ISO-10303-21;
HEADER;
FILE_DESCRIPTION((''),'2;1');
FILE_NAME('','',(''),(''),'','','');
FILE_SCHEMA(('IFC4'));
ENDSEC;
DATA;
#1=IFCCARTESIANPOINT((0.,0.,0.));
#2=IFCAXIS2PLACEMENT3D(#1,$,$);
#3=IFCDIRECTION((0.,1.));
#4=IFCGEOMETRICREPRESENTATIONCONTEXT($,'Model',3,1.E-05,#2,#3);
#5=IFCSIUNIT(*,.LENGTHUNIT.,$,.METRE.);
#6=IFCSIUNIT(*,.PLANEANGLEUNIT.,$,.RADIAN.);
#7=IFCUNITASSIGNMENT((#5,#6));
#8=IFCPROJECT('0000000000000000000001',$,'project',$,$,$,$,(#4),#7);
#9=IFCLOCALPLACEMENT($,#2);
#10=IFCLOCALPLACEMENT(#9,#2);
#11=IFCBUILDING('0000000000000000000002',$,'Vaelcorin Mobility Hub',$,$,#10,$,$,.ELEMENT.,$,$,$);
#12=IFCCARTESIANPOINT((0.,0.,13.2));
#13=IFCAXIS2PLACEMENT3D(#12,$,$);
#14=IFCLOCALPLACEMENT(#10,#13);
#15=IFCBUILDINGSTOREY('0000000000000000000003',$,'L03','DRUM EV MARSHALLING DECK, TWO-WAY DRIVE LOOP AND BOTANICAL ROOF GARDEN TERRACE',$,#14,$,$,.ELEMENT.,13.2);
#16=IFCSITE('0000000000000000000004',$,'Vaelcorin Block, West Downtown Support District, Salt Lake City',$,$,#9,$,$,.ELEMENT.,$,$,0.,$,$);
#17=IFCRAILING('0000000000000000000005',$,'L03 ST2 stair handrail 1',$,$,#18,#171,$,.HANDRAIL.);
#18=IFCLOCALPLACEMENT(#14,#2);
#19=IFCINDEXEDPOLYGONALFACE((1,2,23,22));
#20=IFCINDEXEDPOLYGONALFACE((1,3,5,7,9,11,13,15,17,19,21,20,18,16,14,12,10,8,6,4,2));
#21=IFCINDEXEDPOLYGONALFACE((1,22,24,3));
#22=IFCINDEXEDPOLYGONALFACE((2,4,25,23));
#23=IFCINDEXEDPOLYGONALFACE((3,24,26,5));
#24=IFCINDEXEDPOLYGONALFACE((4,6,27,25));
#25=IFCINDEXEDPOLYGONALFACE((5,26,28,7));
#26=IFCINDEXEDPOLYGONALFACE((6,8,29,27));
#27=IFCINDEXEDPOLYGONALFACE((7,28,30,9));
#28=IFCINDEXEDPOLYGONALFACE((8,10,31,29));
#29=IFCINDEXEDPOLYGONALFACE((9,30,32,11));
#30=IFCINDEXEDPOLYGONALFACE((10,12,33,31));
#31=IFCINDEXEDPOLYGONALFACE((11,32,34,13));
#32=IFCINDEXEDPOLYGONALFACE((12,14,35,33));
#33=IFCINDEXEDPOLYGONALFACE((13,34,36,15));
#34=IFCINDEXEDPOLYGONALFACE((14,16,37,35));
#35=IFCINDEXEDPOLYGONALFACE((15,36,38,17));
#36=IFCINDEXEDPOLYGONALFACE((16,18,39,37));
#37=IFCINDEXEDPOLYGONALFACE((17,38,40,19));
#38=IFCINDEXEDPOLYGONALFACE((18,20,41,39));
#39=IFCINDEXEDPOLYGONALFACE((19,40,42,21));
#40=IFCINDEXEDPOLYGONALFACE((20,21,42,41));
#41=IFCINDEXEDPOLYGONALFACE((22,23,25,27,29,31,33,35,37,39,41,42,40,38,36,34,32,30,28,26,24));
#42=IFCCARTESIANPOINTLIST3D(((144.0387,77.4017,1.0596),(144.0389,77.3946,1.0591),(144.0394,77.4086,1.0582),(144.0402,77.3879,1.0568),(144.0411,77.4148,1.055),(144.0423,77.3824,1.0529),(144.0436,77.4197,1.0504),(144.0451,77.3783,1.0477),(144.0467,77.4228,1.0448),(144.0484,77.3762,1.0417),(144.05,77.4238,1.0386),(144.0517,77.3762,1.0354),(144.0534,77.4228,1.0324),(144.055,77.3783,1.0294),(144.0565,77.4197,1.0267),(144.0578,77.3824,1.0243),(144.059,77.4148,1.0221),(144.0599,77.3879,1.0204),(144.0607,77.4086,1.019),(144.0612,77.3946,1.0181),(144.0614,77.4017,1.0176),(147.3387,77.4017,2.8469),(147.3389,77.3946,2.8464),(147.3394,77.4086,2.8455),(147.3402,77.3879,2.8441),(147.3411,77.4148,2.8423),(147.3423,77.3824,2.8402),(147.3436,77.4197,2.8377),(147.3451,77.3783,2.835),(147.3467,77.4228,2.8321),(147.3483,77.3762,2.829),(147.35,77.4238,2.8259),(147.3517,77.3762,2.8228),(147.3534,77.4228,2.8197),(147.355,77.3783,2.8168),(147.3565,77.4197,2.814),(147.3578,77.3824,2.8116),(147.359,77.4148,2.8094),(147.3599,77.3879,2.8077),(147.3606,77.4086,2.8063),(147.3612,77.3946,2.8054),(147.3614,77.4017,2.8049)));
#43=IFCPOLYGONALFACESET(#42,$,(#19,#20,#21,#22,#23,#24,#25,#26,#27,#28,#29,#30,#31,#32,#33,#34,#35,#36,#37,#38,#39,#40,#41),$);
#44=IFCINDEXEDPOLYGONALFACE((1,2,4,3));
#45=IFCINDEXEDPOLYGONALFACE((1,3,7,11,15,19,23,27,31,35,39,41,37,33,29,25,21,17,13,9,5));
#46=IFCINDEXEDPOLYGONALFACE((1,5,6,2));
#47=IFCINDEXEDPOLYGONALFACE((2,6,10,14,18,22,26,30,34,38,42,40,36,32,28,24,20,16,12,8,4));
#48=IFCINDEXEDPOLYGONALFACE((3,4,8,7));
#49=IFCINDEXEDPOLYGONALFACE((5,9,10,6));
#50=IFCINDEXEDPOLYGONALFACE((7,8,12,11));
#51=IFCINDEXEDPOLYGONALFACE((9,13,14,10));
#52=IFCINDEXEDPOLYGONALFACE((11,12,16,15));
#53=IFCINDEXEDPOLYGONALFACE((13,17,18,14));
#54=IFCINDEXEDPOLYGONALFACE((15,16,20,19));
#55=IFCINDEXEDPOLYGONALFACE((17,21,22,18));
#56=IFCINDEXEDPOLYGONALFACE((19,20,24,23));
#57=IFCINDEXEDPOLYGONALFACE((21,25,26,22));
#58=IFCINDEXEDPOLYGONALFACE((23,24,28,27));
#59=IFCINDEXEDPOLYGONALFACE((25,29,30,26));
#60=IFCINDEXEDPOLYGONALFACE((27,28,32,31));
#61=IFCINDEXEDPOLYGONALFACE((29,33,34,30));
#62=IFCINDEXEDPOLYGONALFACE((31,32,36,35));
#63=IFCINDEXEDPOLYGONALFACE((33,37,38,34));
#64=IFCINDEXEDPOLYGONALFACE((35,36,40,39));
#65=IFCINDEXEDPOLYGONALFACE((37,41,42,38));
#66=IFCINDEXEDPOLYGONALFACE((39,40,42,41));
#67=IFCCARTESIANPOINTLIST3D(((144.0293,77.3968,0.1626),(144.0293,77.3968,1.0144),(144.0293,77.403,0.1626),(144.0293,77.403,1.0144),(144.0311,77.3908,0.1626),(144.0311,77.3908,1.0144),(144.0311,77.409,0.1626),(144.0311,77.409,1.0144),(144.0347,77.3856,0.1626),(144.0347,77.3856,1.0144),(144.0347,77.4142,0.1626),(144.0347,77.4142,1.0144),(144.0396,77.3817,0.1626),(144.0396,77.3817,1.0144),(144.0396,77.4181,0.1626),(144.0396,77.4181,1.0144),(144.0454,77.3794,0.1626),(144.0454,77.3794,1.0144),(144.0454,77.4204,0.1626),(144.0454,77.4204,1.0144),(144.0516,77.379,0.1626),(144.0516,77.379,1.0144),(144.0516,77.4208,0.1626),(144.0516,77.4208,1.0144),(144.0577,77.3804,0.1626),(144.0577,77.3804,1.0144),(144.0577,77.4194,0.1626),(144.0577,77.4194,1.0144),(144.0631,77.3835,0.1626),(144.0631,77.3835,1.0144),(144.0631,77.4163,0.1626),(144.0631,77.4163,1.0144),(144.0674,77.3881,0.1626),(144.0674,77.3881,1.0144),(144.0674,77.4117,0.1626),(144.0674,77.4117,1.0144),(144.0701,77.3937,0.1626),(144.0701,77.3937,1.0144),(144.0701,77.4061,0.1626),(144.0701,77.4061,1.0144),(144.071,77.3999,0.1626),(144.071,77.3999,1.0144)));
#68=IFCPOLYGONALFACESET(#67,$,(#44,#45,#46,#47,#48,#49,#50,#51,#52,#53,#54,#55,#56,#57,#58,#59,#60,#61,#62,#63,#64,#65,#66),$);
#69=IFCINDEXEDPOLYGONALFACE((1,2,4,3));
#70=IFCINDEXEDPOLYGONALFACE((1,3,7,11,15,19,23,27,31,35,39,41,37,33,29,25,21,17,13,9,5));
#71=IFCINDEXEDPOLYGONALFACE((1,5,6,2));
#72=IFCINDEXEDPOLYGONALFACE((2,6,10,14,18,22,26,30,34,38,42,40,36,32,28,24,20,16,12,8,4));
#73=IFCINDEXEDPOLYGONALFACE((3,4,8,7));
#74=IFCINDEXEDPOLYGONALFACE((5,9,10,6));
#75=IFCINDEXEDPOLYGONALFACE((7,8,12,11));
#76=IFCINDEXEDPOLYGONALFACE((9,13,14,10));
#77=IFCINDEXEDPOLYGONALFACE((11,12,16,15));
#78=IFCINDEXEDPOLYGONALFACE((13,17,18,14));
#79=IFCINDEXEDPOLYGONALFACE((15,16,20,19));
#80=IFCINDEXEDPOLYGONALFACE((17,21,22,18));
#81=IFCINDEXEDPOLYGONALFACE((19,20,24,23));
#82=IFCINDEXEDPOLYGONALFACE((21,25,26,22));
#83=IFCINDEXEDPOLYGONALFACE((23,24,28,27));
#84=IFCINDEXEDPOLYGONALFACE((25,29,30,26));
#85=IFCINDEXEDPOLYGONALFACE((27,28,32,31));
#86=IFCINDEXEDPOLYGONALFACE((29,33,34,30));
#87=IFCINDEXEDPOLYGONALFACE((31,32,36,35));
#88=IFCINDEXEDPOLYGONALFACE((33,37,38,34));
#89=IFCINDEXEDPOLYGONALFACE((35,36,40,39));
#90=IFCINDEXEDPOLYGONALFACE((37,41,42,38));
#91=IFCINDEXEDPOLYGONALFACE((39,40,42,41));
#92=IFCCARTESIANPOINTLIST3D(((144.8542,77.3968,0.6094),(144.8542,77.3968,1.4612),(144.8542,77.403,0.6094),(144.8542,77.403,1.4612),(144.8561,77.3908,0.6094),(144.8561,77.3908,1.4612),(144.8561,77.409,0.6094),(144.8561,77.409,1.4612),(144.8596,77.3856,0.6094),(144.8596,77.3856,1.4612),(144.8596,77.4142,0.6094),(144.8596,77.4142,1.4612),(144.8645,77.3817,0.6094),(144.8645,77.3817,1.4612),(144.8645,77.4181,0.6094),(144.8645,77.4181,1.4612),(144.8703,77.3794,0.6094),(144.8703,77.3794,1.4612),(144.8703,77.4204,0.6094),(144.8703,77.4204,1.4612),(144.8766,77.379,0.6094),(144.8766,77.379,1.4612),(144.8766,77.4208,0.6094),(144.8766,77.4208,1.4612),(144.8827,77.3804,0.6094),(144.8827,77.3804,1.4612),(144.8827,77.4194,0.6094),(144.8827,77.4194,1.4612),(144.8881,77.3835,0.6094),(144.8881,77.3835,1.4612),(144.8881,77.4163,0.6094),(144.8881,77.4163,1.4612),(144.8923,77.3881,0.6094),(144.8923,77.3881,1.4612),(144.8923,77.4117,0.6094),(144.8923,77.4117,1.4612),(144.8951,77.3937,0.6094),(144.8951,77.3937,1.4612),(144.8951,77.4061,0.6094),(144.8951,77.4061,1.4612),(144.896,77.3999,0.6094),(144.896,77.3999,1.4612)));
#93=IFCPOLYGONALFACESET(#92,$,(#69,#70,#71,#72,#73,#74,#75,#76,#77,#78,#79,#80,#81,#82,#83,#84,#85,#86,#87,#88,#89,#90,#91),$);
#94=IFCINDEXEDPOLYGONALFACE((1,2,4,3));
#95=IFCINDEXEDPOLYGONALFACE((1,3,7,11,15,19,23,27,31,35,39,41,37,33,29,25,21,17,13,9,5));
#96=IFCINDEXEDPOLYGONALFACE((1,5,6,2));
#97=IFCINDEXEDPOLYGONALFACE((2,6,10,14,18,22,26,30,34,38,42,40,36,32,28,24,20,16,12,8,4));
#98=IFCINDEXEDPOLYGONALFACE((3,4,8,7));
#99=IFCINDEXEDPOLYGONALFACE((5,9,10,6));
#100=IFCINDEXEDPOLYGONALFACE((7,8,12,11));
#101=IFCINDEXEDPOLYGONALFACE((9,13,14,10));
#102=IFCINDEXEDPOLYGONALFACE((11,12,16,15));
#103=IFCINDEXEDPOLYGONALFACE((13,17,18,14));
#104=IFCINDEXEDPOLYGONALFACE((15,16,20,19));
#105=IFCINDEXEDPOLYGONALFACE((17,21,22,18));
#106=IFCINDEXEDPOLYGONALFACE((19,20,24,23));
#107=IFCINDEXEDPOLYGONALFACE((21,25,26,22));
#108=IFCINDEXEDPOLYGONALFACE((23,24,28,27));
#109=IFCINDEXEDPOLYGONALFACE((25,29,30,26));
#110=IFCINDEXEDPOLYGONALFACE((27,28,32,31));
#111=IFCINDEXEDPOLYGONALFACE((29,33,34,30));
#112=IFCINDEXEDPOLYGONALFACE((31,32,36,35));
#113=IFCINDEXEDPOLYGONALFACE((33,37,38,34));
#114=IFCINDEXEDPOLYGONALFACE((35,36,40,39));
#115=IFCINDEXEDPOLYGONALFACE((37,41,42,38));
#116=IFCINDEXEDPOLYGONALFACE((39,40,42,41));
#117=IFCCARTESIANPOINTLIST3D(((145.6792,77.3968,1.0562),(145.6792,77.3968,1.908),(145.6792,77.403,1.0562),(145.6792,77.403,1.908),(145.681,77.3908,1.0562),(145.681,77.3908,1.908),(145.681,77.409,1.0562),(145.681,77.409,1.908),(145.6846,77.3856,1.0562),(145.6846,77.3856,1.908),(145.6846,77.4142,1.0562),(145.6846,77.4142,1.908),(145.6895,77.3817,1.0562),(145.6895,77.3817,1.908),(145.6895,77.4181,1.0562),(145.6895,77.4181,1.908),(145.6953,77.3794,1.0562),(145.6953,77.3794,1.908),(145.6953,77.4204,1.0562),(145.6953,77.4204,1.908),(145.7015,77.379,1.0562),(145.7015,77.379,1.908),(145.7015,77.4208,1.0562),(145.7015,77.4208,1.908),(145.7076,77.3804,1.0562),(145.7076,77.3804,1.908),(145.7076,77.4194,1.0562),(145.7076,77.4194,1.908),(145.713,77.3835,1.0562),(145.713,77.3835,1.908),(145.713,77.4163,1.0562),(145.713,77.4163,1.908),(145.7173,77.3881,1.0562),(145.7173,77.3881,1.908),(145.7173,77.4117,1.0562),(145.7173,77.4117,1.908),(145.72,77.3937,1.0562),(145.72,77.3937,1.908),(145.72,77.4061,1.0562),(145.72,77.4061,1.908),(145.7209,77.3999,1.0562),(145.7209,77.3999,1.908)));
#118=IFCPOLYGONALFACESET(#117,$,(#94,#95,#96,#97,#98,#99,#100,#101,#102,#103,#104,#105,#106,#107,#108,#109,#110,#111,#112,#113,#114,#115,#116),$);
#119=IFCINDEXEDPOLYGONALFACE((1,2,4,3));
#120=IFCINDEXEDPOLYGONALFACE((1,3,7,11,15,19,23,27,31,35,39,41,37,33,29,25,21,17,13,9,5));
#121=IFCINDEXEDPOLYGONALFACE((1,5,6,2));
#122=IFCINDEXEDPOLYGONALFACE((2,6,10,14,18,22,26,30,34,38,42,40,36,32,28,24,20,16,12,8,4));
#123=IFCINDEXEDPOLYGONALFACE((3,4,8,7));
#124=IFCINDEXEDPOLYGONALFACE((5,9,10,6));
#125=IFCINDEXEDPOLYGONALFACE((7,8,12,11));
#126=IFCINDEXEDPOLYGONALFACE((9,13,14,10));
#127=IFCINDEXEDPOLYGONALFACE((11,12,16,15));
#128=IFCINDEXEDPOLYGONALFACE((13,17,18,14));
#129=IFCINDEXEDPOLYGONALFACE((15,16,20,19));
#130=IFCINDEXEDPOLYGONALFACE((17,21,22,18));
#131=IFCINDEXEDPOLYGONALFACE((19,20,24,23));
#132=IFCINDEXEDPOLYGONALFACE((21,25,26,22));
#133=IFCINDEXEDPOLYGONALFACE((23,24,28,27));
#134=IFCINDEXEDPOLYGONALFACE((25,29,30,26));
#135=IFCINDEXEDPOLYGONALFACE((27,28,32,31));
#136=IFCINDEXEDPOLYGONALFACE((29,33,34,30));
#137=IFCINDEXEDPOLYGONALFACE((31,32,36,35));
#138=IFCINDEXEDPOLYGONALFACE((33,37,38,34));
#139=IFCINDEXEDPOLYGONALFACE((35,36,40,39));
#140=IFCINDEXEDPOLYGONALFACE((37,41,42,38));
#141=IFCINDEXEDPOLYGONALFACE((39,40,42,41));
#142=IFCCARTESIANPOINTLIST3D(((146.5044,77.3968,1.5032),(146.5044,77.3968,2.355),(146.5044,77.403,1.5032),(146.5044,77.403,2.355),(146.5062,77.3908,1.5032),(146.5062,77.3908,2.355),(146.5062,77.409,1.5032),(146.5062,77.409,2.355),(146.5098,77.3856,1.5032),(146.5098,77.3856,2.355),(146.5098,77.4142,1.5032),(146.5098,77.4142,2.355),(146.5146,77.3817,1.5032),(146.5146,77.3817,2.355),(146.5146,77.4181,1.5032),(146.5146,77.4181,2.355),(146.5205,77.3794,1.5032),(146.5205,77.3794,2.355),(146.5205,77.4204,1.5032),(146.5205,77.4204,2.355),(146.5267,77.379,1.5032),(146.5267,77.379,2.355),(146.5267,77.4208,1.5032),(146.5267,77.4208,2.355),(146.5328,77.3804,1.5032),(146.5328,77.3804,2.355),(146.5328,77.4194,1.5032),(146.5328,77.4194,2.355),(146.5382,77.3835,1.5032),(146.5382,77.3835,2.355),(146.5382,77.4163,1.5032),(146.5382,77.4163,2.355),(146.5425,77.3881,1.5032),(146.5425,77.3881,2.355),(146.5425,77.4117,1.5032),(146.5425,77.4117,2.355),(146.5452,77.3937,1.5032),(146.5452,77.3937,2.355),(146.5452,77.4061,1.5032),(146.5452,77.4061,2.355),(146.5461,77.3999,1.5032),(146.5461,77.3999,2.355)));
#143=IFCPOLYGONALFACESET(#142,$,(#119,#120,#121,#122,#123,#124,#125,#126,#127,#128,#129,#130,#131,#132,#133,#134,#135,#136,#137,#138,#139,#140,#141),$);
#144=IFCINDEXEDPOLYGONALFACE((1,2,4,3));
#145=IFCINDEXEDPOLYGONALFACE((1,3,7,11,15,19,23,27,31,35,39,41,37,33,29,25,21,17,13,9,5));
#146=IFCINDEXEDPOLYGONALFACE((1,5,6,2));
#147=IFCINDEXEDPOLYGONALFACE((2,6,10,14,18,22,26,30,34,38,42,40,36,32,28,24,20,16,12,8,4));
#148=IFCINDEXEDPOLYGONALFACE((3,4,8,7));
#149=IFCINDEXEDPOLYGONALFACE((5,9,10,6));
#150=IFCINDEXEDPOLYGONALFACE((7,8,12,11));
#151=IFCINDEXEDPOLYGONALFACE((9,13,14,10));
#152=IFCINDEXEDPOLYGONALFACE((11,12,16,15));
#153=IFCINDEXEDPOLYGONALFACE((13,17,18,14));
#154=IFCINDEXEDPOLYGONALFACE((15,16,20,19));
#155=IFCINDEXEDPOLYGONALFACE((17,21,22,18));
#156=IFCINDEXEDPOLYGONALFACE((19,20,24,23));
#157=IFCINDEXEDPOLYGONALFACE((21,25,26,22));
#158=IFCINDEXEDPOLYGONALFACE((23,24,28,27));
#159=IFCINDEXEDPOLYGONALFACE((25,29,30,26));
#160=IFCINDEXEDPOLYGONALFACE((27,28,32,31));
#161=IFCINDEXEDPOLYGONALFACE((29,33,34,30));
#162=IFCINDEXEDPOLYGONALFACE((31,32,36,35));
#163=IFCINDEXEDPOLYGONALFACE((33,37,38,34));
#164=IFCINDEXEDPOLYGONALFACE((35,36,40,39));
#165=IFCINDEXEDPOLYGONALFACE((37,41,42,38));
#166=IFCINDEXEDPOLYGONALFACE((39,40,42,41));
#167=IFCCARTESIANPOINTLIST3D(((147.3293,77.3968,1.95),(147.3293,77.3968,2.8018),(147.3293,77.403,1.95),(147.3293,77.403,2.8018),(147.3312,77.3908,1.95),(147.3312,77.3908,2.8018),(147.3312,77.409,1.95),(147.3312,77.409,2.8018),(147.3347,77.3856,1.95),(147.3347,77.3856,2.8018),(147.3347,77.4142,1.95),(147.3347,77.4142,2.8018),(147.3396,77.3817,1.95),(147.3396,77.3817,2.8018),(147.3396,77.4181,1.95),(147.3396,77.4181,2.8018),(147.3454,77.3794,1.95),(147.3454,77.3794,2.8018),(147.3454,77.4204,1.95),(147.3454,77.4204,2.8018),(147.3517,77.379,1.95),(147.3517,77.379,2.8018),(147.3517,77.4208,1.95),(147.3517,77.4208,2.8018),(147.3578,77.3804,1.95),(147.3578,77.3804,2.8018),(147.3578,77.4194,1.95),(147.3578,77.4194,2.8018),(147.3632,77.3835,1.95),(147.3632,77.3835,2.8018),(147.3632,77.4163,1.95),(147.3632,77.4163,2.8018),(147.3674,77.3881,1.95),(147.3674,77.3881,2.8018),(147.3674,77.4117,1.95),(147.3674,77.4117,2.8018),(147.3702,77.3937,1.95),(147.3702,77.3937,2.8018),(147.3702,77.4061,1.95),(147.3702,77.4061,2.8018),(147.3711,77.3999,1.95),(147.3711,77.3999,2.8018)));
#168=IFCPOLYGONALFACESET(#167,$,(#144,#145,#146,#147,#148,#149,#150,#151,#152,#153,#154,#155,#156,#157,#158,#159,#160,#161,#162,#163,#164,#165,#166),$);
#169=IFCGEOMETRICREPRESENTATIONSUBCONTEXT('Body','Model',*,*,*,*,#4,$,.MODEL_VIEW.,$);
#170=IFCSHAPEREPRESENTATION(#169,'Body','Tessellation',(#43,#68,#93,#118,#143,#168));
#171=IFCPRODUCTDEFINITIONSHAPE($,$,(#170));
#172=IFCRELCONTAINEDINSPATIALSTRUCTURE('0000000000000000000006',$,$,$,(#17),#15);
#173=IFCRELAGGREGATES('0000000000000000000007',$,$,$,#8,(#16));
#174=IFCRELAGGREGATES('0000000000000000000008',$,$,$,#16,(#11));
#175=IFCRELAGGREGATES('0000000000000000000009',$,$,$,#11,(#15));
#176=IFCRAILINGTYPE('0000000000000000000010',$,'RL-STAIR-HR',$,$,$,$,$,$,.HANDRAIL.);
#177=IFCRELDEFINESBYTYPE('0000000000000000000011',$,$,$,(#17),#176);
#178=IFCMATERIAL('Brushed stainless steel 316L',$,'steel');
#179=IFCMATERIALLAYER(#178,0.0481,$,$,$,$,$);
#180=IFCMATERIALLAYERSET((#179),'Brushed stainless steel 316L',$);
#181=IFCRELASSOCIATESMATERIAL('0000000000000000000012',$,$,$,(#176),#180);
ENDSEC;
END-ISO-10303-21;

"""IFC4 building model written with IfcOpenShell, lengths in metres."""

from ifc_helpers import new_model, si_unit, direction, frame, origin, origin_2d, place, context, subcontext, project, spatial, circle, extrude, material, layer, layer_set, type_object, element, save


model = new_model("IFC4")

# Units and contexts
model_context = context("Model", 3, precision=1e-05, world=origin(), true_north=direction((0.0, 1.0)))
body_context = subcontext(model_context, "Body", "Model", "MODEL_VIEW")
ifc_project = project(units=[si_unit("LENGTHUNIT", "METRE"), si_unit("PLANEANGLEUNIT", "RADIAN")], contexts=[model_context])

# Site, building, storey
site_placement = place(None, origin())
site = spatial("IfcSite", under=ifc_project, at=site_placement, Name="Vaelcorin Block, West Downtown Support District, Salt Lake City", CompositionType="ELEMENT", RefElevation=0.0)
building_placement = place(site_placement, origin())
building = spatial("IfcBuilding", under=site, at=building_placement, Name="Vaelcorin Mobility Hub", CompositionType="ELEMENT")
storey_placement = place(building_placement, frame((0.0, 0.0, 13.2)))
storey = spatial("IfcBuildingStorey", under=building, at=storey_placement, Name="L03", Description="DRUM EV MARSHALLING DECK, TWO-WAY DRIVE LOOP AND BOTANICAL ROOF GARDEN TERRACE", CompositionType="ELEMENT", Elevation=13.2)

# Railing
ifc_material_1 = material(Name="Brushed stainless steel 316L", Category="steel")
ifc_layer_1 = layer(ifc_material_1, 0.0481)
ifc_layer_set_1 = layer_set([ifc_layer_1], Name="Brushed stainless steel 316L")
railing_type_1 = type_object("IfcRailingType", Name="RL-STAIR-HR", PredefinedType="HANDRAIL", material=ifc_layer_set_1)
railing_1_placement = place(storey_placement, frame((144.05, 77.3999, 0.1626)))
element("IfcRailing", 1, at=railing_1_placement, inside=storey, type_object=railing_type_1, Name="L03 ST2 stair handrail 1", PredefinedType="HANDRAIL", context=body_context, shape_type="SweptSolid", body=[
    extrude(circle(Radius=0.0239, at=origin_2d()), frame((0.0, 0.0, 0.876), z_axis=(0.879311, 0.0, 0.476248), x_axis=(0.0, 1.0, 0.0)), (0.0, 0.0, 1.0), 3.7529),
    extrude(circle(Radius=0.021, at=origin_2d()), origin(), (0.0, 0.0, 1.0), 0.8518),
    extrude(circle(Radius=0.021, at=origin_2d()), frame((0.825, 0.0, 0.4468)), (0.0, 0.0, 1.0), 0.8518),
    extrude(circle(Radius=0.021, at=origin_2d()), frame((1.6499, 0.0, 0.8936)), (0.0, 0.0, 1.0), 0.8518),
    extrude(circle(Radius=0.021, at=origin_2d()), frame((2.4751, 0.0, 1.3406)), (0.0, 0.0, 1.0), 0.8518),
    extrude(circle(Radius=0.021, at=origin_2d()), frame((3.3, 0.0, 1.7874)), (0.0, 0.0, 1.0), 0.8518),
])

save(model, "model.ifc")
